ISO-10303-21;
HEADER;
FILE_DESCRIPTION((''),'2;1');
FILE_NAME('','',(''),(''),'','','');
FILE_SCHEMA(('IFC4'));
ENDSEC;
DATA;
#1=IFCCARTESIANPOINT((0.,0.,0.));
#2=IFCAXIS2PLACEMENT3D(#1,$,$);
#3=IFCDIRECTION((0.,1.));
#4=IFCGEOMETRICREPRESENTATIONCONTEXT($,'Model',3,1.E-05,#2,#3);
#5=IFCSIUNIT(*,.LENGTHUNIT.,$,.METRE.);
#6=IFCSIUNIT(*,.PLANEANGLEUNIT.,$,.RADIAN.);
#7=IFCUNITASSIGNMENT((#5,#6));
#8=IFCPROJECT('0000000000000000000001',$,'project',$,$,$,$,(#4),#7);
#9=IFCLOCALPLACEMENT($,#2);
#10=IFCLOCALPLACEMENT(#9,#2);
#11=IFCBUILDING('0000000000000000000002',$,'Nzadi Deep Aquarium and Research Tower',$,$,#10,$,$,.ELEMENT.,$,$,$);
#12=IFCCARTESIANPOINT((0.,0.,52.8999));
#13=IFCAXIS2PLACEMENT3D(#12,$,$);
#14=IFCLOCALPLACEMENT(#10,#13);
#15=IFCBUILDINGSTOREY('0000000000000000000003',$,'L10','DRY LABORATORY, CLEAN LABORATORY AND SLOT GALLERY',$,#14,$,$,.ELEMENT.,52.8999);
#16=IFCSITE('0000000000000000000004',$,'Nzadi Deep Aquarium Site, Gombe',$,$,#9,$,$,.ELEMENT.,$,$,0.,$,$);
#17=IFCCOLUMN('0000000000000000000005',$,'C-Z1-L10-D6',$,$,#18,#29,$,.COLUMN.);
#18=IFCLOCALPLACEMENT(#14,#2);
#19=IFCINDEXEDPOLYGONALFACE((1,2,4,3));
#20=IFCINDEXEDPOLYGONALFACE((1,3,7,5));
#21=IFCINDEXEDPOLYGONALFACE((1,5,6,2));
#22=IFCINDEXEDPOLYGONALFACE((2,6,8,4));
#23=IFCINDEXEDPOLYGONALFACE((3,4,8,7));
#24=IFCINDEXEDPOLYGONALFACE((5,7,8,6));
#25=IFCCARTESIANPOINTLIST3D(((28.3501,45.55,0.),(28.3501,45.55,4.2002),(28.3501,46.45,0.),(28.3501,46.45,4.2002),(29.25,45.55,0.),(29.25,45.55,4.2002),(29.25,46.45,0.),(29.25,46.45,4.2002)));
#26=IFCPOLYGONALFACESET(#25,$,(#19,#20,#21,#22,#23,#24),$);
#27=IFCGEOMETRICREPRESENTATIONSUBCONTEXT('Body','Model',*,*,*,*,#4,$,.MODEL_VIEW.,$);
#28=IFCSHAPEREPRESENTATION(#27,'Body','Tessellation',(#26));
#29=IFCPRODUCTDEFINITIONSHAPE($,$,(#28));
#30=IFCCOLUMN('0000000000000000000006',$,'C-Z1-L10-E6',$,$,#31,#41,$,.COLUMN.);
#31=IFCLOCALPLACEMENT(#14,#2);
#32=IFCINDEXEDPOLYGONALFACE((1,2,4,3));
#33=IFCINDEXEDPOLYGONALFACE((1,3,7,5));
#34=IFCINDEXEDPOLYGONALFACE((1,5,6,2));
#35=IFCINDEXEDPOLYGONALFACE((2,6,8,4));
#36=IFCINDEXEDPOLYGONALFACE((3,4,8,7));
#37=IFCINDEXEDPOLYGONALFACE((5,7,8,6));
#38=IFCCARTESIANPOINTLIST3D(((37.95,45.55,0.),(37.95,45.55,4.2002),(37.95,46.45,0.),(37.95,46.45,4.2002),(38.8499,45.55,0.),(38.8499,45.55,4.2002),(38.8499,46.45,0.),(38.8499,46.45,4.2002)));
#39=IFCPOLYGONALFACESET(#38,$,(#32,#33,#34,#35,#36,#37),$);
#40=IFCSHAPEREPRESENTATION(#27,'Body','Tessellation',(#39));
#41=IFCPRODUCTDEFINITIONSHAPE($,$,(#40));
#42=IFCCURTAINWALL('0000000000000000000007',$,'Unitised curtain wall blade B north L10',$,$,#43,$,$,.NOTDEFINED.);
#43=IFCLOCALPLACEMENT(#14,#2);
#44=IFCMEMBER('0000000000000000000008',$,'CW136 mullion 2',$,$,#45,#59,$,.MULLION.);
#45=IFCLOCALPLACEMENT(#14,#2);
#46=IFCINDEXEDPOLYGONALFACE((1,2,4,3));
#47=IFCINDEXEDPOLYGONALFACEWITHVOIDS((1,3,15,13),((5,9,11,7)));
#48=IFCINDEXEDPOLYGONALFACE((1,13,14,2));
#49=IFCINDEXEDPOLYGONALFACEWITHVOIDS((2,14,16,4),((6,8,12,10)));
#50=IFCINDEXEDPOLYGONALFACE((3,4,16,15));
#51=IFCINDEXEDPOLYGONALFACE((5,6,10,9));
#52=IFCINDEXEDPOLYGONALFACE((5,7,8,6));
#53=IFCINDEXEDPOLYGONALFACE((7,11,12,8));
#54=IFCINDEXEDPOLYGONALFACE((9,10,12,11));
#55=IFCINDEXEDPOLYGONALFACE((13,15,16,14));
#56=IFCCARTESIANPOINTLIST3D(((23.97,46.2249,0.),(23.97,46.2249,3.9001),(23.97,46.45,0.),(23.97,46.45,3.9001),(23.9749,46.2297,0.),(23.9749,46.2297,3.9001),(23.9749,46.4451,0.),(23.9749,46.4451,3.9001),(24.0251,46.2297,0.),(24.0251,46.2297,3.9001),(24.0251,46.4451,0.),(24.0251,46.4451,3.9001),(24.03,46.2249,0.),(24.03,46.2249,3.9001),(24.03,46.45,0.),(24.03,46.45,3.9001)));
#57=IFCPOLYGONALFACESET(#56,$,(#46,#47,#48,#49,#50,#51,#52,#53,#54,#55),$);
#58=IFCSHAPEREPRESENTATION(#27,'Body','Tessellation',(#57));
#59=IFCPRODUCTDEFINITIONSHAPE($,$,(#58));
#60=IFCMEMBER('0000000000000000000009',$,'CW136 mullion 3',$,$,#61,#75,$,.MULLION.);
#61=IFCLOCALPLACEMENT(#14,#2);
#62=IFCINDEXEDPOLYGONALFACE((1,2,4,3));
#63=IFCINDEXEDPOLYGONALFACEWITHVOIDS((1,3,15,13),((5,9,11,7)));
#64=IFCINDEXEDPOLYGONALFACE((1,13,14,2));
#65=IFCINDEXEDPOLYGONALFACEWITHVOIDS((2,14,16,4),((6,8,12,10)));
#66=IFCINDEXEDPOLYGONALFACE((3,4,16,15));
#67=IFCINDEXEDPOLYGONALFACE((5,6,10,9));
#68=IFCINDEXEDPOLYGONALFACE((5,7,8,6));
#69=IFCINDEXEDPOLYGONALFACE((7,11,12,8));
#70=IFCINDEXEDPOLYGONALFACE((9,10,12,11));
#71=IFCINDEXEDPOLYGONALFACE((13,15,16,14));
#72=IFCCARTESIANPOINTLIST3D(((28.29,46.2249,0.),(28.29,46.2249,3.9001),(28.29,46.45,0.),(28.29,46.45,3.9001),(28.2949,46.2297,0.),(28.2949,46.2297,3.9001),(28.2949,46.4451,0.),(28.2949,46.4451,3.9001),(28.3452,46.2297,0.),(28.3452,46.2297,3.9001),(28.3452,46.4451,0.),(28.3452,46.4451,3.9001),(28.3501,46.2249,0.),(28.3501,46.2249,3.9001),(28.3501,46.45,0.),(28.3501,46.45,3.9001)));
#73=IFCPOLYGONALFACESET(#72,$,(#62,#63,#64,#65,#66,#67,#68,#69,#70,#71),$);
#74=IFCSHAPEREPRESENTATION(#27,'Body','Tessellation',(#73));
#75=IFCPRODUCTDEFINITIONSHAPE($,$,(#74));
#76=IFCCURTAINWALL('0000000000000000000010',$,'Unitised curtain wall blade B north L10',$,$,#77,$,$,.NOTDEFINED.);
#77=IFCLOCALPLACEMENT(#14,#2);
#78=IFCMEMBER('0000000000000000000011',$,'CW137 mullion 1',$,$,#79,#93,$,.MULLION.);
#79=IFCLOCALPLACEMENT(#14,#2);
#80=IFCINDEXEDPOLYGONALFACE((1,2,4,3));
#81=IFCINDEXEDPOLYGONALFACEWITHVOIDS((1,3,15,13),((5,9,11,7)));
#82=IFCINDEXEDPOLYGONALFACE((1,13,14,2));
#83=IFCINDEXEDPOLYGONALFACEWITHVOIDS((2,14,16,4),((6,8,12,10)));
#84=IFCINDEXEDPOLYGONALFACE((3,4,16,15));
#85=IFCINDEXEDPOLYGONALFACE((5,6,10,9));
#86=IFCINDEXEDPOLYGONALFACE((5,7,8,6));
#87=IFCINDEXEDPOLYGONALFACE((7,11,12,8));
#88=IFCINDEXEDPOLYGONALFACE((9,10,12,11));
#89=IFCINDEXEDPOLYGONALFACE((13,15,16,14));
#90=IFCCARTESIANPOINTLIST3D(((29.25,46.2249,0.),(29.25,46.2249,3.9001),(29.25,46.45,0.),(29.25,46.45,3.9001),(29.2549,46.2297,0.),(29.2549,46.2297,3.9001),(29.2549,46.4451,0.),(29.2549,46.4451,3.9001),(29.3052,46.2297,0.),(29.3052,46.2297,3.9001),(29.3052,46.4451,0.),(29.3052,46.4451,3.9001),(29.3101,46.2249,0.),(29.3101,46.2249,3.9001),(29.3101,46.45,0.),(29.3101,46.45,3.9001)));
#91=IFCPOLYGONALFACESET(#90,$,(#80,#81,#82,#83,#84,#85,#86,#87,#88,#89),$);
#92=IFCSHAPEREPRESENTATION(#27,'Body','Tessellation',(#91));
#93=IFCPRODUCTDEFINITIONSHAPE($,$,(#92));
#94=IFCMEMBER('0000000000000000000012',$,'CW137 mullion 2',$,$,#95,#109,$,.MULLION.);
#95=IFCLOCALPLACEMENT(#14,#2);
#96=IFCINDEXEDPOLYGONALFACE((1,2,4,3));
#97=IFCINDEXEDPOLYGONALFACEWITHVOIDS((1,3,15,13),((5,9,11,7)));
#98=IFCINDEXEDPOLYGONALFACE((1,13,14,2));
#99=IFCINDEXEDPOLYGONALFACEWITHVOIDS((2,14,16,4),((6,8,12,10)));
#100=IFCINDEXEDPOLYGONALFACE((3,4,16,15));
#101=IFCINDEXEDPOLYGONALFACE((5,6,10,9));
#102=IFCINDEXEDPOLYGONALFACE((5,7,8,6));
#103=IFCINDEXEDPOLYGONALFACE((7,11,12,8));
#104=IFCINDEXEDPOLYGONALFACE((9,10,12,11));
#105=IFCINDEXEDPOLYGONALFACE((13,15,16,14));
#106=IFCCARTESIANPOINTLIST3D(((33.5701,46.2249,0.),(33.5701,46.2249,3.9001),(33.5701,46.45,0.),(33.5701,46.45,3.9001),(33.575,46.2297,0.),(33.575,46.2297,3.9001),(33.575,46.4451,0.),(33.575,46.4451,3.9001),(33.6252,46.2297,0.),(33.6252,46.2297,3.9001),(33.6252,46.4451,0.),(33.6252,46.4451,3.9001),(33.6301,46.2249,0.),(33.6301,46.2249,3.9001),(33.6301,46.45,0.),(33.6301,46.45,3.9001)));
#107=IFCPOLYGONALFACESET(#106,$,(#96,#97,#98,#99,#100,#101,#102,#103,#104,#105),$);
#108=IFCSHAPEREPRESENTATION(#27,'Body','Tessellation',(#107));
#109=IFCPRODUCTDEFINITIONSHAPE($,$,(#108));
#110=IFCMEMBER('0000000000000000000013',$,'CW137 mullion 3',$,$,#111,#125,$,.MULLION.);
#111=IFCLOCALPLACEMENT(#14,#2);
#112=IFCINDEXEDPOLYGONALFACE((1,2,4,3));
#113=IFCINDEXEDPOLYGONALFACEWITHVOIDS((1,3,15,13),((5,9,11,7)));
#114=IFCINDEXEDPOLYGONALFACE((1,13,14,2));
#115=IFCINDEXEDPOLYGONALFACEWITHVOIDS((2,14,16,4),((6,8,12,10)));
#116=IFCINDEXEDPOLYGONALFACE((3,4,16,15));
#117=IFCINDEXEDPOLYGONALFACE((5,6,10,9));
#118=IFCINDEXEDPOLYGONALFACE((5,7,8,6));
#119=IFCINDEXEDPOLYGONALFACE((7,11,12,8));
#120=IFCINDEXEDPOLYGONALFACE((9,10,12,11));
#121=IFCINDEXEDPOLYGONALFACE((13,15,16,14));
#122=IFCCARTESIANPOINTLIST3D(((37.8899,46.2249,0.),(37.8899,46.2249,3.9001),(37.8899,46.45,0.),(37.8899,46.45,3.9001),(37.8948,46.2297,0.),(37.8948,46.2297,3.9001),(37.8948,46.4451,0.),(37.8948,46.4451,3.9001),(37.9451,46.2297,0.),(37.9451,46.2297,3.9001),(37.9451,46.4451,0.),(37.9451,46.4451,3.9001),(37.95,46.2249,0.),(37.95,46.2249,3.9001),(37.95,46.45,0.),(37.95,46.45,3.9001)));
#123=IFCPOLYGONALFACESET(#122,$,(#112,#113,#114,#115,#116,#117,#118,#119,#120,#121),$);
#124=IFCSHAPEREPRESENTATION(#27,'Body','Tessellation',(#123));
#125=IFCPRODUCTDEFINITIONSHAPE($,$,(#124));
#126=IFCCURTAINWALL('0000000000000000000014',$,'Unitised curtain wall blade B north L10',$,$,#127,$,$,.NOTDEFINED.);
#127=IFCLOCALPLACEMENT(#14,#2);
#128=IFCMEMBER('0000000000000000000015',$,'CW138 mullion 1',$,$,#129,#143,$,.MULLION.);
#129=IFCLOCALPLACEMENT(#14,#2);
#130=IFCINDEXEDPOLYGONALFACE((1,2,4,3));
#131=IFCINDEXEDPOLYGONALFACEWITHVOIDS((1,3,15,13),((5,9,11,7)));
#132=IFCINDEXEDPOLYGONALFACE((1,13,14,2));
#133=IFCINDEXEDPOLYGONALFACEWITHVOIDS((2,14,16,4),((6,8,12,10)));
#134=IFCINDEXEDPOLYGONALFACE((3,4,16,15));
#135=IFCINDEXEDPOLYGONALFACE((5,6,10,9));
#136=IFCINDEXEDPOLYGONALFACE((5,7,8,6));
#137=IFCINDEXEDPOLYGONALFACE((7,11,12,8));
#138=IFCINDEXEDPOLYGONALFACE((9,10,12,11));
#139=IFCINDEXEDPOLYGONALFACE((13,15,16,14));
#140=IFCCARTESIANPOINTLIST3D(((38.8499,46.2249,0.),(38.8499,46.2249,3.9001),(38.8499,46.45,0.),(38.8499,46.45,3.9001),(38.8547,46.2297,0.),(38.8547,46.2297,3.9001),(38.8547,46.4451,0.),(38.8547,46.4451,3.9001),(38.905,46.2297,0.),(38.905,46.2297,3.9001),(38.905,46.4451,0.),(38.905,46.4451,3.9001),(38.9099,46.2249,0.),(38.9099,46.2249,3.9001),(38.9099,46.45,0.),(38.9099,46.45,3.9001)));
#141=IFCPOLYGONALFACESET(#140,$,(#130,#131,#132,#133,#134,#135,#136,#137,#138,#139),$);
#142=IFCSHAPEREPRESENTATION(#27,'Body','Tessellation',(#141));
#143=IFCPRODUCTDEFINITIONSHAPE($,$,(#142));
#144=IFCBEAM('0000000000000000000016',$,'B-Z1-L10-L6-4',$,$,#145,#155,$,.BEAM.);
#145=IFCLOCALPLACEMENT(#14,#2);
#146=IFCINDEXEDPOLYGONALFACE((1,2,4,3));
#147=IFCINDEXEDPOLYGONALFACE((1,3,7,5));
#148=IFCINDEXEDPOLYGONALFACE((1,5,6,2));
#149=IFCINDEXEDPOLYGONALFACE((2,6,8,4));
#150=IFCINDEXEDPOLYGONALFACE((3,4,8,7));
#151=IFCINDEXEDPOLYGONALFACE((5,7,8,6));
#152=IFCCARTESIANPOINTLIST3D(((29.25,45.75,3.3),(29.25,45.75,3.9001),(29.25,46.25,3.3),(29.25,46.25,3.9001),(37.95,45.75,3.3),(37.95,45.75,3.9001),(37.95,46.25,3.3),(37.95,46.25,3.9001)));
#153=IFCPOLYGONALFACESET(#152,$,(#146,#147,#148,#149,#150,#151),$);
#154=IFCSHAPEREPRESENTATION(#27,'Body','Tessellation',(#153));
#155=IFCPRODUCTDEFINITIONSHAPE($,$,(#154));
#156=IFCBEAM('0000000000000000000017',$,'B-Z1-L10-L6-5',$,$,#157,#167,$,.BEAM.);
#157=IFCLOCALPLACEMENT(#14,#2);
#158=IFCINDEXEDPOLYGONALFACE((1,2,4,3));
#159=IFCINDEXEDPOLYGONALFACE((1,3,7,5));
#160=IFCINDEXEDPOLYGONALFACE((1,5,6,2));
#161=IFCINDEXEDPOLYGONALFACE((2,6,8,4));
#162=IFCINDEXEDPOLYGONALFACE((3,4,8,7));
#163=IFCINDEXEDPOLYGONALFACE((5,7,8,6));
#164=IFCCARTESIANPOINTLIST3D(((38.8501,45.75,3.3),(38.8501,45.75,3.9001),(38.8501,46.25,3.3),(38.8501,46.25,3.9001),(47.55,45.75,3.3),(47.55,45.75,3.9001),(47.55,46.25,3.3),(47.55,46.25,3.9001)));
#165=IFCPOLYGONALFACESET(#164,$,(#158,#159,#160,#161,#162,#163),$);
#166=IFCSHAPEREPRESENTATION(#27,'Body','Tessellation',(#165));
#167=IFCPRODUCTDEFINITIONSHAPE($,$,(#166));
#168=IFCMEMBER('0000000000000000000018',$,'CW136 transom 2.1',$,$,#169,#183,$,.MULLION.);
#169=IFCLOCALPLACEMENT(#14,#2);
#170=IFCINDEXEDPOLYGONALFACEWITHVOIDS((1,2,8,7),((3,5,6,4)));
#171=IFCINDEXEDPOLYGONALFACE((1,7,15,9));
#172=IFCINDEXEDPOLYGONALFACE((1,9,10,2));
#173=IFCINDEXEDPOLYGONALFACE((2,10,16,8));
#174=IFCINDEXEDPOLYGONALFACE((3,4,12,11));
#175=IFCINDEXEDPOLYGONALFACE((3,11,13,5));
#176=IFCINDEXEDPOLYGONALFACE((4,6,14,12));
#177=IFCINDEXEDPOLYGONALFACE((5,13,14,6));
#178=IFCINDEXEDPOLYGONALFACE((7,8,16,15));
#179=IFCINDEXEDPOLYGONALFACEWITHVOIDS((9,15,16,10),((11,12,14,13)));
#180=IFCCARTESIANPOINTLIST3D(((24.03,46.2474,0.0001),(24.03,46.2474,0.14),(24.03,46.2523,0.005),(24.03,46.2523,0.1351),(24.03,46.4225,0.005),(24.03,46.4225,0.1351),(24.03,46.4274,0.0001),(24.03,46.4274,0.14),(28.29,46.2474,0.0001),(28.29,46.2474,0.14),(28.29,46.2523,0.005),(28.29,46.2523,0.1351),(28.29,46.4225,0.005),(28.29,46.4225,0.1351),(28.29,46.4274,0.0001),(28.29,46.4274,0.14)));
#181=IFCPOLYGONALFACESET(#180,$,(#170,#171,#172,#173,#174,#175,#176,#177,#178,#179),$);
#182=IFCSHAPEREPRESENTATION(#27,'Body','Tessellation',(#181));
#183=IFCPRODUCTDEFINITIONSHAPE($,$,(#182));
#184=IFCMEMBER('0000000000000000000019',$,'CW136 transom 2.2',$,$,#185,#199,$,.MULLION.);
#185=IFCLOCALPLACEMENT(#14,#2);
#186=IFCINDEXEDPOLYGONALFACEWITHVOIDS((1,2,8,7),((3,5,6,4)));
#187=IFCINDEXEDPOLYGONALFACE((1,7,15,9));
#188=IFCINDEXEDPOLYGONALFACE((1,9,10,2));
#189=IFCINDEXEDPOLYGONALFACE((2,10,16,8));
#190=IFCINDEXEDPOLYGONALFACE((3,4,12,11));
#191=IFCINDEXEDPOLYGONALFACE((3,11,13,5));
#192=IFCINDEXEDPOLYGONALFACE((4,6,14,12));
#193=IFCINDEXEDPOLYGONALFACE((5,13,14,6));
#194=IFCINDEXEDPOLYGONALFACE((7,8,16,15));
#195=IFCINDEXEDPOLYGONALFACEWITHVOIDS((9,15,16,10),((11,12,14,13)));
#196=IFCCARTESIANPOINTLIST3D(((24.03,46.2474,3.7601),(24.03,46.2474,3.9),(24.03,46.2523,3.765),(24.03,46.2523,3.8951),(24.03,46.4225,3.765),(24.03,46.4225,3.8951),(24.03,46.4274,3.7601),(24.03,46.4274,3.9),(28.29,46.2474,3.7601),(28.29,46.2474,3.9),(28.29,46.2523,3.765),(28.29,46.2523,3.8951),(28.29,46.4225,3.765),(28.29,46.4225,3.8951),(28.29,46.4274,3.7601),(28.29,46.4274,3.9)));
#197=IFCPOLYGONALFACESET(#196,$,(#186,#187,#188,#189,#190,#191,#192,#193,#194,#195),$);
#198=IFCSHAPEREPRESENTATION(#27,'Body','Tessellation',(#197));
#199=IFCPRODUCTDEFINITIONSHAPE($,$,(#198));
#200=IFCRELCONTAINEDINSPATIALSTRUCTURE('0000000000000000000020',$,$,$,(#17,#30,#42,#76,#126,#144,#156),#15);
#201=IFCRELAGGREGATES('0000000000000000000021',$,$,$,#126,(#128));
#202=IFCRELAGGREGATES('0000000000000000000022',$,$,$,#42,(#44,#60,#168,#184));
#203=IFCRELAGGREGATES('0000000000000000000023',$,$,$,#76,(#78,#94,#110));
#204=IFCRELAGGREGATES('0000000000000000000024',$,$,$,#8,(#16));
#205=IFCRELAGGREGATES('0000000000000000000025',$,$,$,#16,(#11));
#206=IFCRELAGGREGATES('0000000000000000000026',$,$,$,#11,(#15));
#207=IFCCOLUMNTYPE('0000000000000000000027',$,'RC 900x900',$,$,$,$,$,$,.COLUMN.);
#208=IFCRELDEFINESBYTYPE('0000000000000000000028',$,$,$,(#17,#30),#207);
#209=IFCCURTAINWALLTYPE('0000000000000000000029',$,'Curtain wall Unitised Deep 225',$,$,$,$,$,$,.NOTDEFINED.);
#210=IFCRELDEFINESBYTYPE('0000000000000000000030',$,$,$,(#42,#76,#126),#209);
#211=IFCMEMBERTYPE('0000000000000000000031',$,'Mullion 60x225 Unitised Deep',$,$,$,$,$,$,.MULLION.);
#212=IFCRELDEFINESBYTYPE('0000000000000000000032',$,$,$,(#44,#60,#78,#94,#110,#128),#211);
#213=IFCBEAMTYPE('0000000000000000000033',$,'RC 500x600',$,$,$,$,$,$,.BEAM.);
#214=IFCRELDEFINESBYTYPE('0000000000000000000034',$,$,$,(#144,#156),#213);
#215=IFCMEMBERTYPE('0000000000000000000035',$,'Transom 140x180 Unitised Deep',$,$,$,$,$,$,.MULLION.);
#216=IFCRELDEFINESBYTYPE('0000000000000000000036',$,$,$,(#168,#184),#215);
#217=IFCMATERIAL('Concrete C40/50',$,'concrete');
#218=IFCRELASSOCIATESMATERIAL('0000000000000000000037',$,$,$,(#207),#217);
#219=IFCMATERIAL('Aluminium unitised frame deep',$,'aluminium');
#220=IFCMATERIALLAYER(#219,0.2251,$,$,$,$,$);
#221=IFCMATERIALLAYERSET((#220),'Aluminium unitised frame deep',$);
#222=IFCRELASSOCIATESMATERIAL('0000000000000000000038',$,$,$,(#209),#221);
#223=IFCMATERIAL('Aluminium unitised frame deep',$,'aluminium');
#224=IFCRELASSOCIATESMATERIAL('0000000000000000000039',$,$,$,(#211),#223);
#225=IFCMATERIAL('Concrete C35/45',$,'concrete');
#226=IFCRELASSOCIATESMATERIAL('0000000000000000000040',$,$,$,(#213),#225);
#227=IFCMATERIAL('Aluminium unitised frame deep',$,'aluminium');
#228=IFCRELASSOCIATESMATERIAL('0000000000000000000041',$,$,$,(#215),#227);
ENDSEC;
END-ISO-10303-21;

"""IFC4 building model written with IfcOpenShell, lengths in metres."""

from ifc_helpers import new_model, si_unit, direction, frame, origin, origin_2d, place, context, subcontext, project, spatial, rectangle, hollow_rectangle, extrude, material, layer, layer_set, material_profile, profile_set, type_object, element, aggregate, save


model = new_model("IFC4")

# Units and contexts
model_context = context("Model", 3, precision=1e-05, world=origin(), true_north=direction((0.0, 1.0)))
body_context = subcontext(model_context, "Body", "Model", "MODEL_VIEW")
ifc_project = project(units=[si_unit("LENGTHUNIT", "METRE"), si_unit("PLANEANGLEUNIT", "RADIAN")], contexts=[model_context])

# Site, building, storey
site_placement = place(None, origin())
site = spatial("IfcSite", under=ifc_project, at=site_placement, Name="Nzadi Deep Aquarium Site, Gombe", CompositionType="ELEMENT", RefElevation=0.0)
building_placement = place(site_placement, origin())
building = spatial("IfcBuilding", under=site, at=building_placement, Name="Nzadi Deep Aquarium and Research Tower", CompositionType="ELEMENT")
storey_placement = place(building_placement, frame((0.0, 0.0, 52.8999)))
storey = spatial("IfcBuildingStorey", under=building, at=storey_placement, Name="L10", Description="DRY LABORATORY, CLEAN LABORATORY AND SLOT GALLERY", CompositionType="ELEMENT", Elevation=52.8999)

# Columns
ifc_material_1 = material(Name="Concrete C40/50", Category="concrete")
ifc_material_profile_1 = material_profile(ifc_material_1, rectangle(XDim=0.8999, YDim=0.8999, at=origin_2d()))
ifc_profile_set_1 = profile_set([ifc_material_profile_1], Name="Concrete C40/50")
column_type = type_object("IfcColumnType", Name="RC 900x900", PredefinedType="COLUMN", material=ifc_profile_set_1)
for number, where, z_axis, x_axis, name in (
    (1, (28.8, 46.0, 0.0), (0.0, 0.0, 1.0), (1.0, 0.0, 0.0), "C-Z1-L10-D6"),
    (2, (38.3999, 46.0, 0.0), (0.0, 0.0, 1.0), (1.0, 0.0, 0.0), "C-Z1-L10-E6"),
):
    element("IfcColumn", number, at=place(storey_placement, frame(where, z_axis=z_axis, x_axis=x_axis)), inside=storey, type_object=column_type, Name=name, PredefinedType="COLUMN", context=body_context, shape_type="SweptSolid", body=[
        extrude(rectangle(XDim=0.8999, YDim=0.8999, at=origin_2d()), origin(), (0.0, 0.0, 1.0), 4.2002),
    ])

# Curtain walls, members
ifc_material_2 = material(Name="Aluminium unitised frame deep", Category="aluminium")
ifc_layer_1 = layer(ifc_material_2, 0.2251)
ifc_layer_set_1 = layer_set([ifc_layer_1], Name="Aluminium unitised frame deep")
curtain_wall_type = type_object("IfcCurtainWallType", Name="Curtain wall Unitised Deep 225", PredefinedType="NOTDEFINED", material=ifc_layer_set_1)
curtain_wall_1_placement = place(storey_placement, origin())
curtain_wall_1 = element("IfcCurtainWall", 3, at=curtain_wall_1_placement, inside=storey, type_object=curtain_wall_type, Name="Unitised curtain wall blade B north L10", PredefinedType="NOTDEFINED")
ifc_material_3 = material(Name="Aluminium unitised frame deep", Category="aluminium")
ifc_material_profile_2 = material_profile(ifc_material_3, hollow_rectangle(XDim=0.2251, YDim=0.0601, WallThickness=0.0049, at=origin_2d()))
ifc_profile_set_2 = profile_set([ifc_material_profile_2], Name="Aluminium unitised frame deep")
member_type_1 = type_object("IfcMemberType", Name="Mullion 60x225 Unitised Deep", PredefinedType="MULLION", material=ifc_profile_set_2)
member_1_placement = place(storey_placement, frame((24.0, 46.3374, 0.0), z_axis=(0.0, 0.0, 1.0), x_axis=(0.0, 1.0, 0.0)))
member_1 = element("IfcMember", 4, at=member_1_placement, type_object=member_type_1, Name="CW136 mullion 2", PredefinedType="MULLION", context=body_context, shape_type="SweptSolid", body=[
    extrude(hollow_rectangle(XDim=0.2251, YDim=0.0601, WallThickness=0.0049, at=origin_2d()), origin(), (0.0, 0.0, 1.0), 3.9001),
])
member_2_placement = place(storey_placement, frame((28.3201, 46.3374, 0.0), z_axis=(0.0, 0.0, 1.0), x_axis=(0.0, 1.0, 0.0)))
member_2 = element("IfcMember", 5, at=member_2_placement, type_object=member_type_1, Name="CW136 mullion 3", PredefinedType="MULLION", context=body_context, shape_type="SweptSolid", body=[
    extrude(hollow_rectangle(XDim=0.2251, YDim=0.0601, WallThickness=0.0049, at=origin_2d()), origin(), (0.0, 0.0, 1.0), 3.9001),
])
curtain_wall_2_placement = place(storey_placement, origin())
curtain_wall_2 = element("IfcCurtainWall", 6, at=curtain_wall_2_placement, inside=storey, type_object=curtain_wall_type, Name="Unitised curtain wall blade B north L10", PredefinedType="NOTDEFINED")
member_3_placement = place(storey_placement, frame((29.28, 46.3374, 0.0), z_axis=(0.0, 0.0, 1.0), x_axis=(0.0, 1.0, 0.0)))
member_3 = element("IfcMember", 7, at=member_3_placement, type_object=member_type_1, Name="CW137 mullion 1", PredefinedType="MULLION", context=body_context, shape_type="SweptSolid", body=[
    extrude(hollow_rectangle(XDim=0.2251, YDim=0.0601, WallThickness=0.0049, at=origin_2d()), origin(), (0.0, 0.0, 1.0), 3.9001),
])
member_4_placement = place(storey_placement, frame((33.6001, 46.3374, 0.0), z_axis=(0.0, 0.0, 1.0), x_axis=(0.0, 1.0, 0.0)))
member_4 = element("IfcMember", 8, at=member_4_placement, type_object=member_type_1, Name="CW137 mullion 2", PredefinedType="MULLION", context=body_context, shape_type="SweptSolid", body=[
    extrude(hollow_rectangle(XDim=0.2251, YDim=0.0601, WallThickness=0.0049, at=origin_2d()), origin(), (0.0, 0.0, 1.0), 3.9001),
])
member_5_placement = place(storey_placement, frame((37.9199, 46.3374, 0.0), z_axis=(0.0, 0.0, 1.0), x_axis=(0.0, 1.0, 0.0)))
member_5 = element("IfcMember", 9, at=member_5_placement, type_object=member_type_1, Name="CW137 mullion 3", PredefinedType="MULLION", context=body_context, shape_type="SweptSolid", body=[
    extrude(hollow_rectangle(XDim=0.2251, YDim=0.0601, WallThickness=0.0049, at=origin_2d()), origin(), (0.0, 0.0, 1.0), 3.9001),
])

# Curtain wall, member
curtain_wall_3_placement = place(storey_placement, origin())
curtain_wall_3 = element("IfcCurtainWall", 10, at=curtain_wall_3_placement, inside=storey, type_object=curtain_wall_type, Name="Unitised curtain wall blade B north L10", PredefinedType="NOTDEFINED")
member_6_placement = place(storey_placement, frame((38.8799, 46.3374, 0.0), z_axis=(0.0, 0.0, 1.0), x_axis=(0.0, 1.0, 0.0)))
member_6 = element("IfcMember", 11, at=member_6_placement, type_object=member_type_1, Name="CW138 mullion 1", PredefinedType="MULLION", context=body_context, shape_type="SweptSolid", body=[
    extrude(hollow_rectangle(XDim=0.2251, YDim=0.0601, WallThickness=0.0049, at=origin_2d()), origin(), (0.0, 0.0, 1.0), 3.9001),
])
aggregate(curtain_wall_3, [member_6])

# Beams
ifc_material_4 = material(Name="Concrete C35/45", Category="concrete")
ifc_material_profile_3 = material_profile(ifc_material_4, rectangle(XDim=0.5, YDim=0.6001, at=origin_2d()))
ifc_profile_set_3 = profile_set([ifc_material_profile_3], Name="Concrete C35/45")
beam_type = type_object("IfcBeamType", Name="RC 500x600", PredefinedType="BEAM", material=ifc_profile_set_3)
for number, where, z_axis, x_axis, name in (
    (12, (29.25, 46.0, 3.6001), (1.0, 0.0, 0.0), (0.0, 1.0, 0.0), "B-Z1-L10-L6-4"),
    (13, (38.8501, 46.0, 3.6001), (1.0, 0.0, 0.0), (0.0, 1.0, 0.0), "B-Z1-L10-L6-5"),
):
    element("IfcBeam", number, at=place(storey_placement, frame(where, z_axis=z_axis, x_axis=x_axis)), inside=storey, type_object=beam_type, Name=name, PredefinedType="BEAM", context=body_context, shape_type="SweptSolid", body=[
        extrude(rectangle(XDim=0.5, YDim=0.6001, at=origin_2d()), origin(), (0.0, 0.0, 1.0), 8.7),
    ])

# Members
ifc_material_5 = material(Name="Aluminium unitised frame deep", Category="aluminium")
ifc_material_profile_4 = material_profile(ifc_material_5, hollow_rectangle(XDim=0.1799, YDim=0.1399, WallThickness=0.0049, at=origin_2d()))
ifc_profile_set_4 = profile_set([ifc_material_profile_4], Name="Aluminium unitised frame deep")
member_type_2 = type_object("IfcMemberType", Name="Transom 140x180 Unitised Deep", PredefinedType="MULLION", material=ifc_profile_set_4)
member_7_placement = place(storey_placement, frame((24.03, 46.3374, 0.0701), z_axis=(1.0, 0.0, 0.0), x_axis=(0.0, 1.0, 0.0)))
member_7 = element("IfcMember", 14, at=member_7_placement, type_object=member_type_2, Name="CW136 transom 2.1", PredefinedType="MULLION", context=body_context, shape_type="SweptSolid", body=[
    extrude(hollow_rectangle(XDim=0.1799, YDim=0.1399, WallThickness=0.0049, at=origin_2d()), origin(), (0.0, 0.0, 1.0), 4.26),
])
member_8_placement = place(storey_placement, frame((24.03, 46.3374, 3.8301), z_axis=(1.0, 0.0, 0.0), x_axis=(0.0, 1.0, 0.0)))
member_8 = element("IfcMember", 15, at=member_8_placement, type_object=member_type_2, Name="CW136 transom 2.2", PredefinedType="MULLION", context=body_context, shape_type="SweptSolid", body=[
    extrude(hollow_rectangle(XDim=0.1799, YDim=0.1399, WallThickness=0.0049, at=origin_2d()), origin(), (0.0, 0.0, 1.0), 4.26),
])

aggregate(curtain_wall_1, [member_1, member_2, member_7, member_8])
aggregate(curtain_wall_2, [member_3, member_4, member_5])

save(model, "model.ifc")
